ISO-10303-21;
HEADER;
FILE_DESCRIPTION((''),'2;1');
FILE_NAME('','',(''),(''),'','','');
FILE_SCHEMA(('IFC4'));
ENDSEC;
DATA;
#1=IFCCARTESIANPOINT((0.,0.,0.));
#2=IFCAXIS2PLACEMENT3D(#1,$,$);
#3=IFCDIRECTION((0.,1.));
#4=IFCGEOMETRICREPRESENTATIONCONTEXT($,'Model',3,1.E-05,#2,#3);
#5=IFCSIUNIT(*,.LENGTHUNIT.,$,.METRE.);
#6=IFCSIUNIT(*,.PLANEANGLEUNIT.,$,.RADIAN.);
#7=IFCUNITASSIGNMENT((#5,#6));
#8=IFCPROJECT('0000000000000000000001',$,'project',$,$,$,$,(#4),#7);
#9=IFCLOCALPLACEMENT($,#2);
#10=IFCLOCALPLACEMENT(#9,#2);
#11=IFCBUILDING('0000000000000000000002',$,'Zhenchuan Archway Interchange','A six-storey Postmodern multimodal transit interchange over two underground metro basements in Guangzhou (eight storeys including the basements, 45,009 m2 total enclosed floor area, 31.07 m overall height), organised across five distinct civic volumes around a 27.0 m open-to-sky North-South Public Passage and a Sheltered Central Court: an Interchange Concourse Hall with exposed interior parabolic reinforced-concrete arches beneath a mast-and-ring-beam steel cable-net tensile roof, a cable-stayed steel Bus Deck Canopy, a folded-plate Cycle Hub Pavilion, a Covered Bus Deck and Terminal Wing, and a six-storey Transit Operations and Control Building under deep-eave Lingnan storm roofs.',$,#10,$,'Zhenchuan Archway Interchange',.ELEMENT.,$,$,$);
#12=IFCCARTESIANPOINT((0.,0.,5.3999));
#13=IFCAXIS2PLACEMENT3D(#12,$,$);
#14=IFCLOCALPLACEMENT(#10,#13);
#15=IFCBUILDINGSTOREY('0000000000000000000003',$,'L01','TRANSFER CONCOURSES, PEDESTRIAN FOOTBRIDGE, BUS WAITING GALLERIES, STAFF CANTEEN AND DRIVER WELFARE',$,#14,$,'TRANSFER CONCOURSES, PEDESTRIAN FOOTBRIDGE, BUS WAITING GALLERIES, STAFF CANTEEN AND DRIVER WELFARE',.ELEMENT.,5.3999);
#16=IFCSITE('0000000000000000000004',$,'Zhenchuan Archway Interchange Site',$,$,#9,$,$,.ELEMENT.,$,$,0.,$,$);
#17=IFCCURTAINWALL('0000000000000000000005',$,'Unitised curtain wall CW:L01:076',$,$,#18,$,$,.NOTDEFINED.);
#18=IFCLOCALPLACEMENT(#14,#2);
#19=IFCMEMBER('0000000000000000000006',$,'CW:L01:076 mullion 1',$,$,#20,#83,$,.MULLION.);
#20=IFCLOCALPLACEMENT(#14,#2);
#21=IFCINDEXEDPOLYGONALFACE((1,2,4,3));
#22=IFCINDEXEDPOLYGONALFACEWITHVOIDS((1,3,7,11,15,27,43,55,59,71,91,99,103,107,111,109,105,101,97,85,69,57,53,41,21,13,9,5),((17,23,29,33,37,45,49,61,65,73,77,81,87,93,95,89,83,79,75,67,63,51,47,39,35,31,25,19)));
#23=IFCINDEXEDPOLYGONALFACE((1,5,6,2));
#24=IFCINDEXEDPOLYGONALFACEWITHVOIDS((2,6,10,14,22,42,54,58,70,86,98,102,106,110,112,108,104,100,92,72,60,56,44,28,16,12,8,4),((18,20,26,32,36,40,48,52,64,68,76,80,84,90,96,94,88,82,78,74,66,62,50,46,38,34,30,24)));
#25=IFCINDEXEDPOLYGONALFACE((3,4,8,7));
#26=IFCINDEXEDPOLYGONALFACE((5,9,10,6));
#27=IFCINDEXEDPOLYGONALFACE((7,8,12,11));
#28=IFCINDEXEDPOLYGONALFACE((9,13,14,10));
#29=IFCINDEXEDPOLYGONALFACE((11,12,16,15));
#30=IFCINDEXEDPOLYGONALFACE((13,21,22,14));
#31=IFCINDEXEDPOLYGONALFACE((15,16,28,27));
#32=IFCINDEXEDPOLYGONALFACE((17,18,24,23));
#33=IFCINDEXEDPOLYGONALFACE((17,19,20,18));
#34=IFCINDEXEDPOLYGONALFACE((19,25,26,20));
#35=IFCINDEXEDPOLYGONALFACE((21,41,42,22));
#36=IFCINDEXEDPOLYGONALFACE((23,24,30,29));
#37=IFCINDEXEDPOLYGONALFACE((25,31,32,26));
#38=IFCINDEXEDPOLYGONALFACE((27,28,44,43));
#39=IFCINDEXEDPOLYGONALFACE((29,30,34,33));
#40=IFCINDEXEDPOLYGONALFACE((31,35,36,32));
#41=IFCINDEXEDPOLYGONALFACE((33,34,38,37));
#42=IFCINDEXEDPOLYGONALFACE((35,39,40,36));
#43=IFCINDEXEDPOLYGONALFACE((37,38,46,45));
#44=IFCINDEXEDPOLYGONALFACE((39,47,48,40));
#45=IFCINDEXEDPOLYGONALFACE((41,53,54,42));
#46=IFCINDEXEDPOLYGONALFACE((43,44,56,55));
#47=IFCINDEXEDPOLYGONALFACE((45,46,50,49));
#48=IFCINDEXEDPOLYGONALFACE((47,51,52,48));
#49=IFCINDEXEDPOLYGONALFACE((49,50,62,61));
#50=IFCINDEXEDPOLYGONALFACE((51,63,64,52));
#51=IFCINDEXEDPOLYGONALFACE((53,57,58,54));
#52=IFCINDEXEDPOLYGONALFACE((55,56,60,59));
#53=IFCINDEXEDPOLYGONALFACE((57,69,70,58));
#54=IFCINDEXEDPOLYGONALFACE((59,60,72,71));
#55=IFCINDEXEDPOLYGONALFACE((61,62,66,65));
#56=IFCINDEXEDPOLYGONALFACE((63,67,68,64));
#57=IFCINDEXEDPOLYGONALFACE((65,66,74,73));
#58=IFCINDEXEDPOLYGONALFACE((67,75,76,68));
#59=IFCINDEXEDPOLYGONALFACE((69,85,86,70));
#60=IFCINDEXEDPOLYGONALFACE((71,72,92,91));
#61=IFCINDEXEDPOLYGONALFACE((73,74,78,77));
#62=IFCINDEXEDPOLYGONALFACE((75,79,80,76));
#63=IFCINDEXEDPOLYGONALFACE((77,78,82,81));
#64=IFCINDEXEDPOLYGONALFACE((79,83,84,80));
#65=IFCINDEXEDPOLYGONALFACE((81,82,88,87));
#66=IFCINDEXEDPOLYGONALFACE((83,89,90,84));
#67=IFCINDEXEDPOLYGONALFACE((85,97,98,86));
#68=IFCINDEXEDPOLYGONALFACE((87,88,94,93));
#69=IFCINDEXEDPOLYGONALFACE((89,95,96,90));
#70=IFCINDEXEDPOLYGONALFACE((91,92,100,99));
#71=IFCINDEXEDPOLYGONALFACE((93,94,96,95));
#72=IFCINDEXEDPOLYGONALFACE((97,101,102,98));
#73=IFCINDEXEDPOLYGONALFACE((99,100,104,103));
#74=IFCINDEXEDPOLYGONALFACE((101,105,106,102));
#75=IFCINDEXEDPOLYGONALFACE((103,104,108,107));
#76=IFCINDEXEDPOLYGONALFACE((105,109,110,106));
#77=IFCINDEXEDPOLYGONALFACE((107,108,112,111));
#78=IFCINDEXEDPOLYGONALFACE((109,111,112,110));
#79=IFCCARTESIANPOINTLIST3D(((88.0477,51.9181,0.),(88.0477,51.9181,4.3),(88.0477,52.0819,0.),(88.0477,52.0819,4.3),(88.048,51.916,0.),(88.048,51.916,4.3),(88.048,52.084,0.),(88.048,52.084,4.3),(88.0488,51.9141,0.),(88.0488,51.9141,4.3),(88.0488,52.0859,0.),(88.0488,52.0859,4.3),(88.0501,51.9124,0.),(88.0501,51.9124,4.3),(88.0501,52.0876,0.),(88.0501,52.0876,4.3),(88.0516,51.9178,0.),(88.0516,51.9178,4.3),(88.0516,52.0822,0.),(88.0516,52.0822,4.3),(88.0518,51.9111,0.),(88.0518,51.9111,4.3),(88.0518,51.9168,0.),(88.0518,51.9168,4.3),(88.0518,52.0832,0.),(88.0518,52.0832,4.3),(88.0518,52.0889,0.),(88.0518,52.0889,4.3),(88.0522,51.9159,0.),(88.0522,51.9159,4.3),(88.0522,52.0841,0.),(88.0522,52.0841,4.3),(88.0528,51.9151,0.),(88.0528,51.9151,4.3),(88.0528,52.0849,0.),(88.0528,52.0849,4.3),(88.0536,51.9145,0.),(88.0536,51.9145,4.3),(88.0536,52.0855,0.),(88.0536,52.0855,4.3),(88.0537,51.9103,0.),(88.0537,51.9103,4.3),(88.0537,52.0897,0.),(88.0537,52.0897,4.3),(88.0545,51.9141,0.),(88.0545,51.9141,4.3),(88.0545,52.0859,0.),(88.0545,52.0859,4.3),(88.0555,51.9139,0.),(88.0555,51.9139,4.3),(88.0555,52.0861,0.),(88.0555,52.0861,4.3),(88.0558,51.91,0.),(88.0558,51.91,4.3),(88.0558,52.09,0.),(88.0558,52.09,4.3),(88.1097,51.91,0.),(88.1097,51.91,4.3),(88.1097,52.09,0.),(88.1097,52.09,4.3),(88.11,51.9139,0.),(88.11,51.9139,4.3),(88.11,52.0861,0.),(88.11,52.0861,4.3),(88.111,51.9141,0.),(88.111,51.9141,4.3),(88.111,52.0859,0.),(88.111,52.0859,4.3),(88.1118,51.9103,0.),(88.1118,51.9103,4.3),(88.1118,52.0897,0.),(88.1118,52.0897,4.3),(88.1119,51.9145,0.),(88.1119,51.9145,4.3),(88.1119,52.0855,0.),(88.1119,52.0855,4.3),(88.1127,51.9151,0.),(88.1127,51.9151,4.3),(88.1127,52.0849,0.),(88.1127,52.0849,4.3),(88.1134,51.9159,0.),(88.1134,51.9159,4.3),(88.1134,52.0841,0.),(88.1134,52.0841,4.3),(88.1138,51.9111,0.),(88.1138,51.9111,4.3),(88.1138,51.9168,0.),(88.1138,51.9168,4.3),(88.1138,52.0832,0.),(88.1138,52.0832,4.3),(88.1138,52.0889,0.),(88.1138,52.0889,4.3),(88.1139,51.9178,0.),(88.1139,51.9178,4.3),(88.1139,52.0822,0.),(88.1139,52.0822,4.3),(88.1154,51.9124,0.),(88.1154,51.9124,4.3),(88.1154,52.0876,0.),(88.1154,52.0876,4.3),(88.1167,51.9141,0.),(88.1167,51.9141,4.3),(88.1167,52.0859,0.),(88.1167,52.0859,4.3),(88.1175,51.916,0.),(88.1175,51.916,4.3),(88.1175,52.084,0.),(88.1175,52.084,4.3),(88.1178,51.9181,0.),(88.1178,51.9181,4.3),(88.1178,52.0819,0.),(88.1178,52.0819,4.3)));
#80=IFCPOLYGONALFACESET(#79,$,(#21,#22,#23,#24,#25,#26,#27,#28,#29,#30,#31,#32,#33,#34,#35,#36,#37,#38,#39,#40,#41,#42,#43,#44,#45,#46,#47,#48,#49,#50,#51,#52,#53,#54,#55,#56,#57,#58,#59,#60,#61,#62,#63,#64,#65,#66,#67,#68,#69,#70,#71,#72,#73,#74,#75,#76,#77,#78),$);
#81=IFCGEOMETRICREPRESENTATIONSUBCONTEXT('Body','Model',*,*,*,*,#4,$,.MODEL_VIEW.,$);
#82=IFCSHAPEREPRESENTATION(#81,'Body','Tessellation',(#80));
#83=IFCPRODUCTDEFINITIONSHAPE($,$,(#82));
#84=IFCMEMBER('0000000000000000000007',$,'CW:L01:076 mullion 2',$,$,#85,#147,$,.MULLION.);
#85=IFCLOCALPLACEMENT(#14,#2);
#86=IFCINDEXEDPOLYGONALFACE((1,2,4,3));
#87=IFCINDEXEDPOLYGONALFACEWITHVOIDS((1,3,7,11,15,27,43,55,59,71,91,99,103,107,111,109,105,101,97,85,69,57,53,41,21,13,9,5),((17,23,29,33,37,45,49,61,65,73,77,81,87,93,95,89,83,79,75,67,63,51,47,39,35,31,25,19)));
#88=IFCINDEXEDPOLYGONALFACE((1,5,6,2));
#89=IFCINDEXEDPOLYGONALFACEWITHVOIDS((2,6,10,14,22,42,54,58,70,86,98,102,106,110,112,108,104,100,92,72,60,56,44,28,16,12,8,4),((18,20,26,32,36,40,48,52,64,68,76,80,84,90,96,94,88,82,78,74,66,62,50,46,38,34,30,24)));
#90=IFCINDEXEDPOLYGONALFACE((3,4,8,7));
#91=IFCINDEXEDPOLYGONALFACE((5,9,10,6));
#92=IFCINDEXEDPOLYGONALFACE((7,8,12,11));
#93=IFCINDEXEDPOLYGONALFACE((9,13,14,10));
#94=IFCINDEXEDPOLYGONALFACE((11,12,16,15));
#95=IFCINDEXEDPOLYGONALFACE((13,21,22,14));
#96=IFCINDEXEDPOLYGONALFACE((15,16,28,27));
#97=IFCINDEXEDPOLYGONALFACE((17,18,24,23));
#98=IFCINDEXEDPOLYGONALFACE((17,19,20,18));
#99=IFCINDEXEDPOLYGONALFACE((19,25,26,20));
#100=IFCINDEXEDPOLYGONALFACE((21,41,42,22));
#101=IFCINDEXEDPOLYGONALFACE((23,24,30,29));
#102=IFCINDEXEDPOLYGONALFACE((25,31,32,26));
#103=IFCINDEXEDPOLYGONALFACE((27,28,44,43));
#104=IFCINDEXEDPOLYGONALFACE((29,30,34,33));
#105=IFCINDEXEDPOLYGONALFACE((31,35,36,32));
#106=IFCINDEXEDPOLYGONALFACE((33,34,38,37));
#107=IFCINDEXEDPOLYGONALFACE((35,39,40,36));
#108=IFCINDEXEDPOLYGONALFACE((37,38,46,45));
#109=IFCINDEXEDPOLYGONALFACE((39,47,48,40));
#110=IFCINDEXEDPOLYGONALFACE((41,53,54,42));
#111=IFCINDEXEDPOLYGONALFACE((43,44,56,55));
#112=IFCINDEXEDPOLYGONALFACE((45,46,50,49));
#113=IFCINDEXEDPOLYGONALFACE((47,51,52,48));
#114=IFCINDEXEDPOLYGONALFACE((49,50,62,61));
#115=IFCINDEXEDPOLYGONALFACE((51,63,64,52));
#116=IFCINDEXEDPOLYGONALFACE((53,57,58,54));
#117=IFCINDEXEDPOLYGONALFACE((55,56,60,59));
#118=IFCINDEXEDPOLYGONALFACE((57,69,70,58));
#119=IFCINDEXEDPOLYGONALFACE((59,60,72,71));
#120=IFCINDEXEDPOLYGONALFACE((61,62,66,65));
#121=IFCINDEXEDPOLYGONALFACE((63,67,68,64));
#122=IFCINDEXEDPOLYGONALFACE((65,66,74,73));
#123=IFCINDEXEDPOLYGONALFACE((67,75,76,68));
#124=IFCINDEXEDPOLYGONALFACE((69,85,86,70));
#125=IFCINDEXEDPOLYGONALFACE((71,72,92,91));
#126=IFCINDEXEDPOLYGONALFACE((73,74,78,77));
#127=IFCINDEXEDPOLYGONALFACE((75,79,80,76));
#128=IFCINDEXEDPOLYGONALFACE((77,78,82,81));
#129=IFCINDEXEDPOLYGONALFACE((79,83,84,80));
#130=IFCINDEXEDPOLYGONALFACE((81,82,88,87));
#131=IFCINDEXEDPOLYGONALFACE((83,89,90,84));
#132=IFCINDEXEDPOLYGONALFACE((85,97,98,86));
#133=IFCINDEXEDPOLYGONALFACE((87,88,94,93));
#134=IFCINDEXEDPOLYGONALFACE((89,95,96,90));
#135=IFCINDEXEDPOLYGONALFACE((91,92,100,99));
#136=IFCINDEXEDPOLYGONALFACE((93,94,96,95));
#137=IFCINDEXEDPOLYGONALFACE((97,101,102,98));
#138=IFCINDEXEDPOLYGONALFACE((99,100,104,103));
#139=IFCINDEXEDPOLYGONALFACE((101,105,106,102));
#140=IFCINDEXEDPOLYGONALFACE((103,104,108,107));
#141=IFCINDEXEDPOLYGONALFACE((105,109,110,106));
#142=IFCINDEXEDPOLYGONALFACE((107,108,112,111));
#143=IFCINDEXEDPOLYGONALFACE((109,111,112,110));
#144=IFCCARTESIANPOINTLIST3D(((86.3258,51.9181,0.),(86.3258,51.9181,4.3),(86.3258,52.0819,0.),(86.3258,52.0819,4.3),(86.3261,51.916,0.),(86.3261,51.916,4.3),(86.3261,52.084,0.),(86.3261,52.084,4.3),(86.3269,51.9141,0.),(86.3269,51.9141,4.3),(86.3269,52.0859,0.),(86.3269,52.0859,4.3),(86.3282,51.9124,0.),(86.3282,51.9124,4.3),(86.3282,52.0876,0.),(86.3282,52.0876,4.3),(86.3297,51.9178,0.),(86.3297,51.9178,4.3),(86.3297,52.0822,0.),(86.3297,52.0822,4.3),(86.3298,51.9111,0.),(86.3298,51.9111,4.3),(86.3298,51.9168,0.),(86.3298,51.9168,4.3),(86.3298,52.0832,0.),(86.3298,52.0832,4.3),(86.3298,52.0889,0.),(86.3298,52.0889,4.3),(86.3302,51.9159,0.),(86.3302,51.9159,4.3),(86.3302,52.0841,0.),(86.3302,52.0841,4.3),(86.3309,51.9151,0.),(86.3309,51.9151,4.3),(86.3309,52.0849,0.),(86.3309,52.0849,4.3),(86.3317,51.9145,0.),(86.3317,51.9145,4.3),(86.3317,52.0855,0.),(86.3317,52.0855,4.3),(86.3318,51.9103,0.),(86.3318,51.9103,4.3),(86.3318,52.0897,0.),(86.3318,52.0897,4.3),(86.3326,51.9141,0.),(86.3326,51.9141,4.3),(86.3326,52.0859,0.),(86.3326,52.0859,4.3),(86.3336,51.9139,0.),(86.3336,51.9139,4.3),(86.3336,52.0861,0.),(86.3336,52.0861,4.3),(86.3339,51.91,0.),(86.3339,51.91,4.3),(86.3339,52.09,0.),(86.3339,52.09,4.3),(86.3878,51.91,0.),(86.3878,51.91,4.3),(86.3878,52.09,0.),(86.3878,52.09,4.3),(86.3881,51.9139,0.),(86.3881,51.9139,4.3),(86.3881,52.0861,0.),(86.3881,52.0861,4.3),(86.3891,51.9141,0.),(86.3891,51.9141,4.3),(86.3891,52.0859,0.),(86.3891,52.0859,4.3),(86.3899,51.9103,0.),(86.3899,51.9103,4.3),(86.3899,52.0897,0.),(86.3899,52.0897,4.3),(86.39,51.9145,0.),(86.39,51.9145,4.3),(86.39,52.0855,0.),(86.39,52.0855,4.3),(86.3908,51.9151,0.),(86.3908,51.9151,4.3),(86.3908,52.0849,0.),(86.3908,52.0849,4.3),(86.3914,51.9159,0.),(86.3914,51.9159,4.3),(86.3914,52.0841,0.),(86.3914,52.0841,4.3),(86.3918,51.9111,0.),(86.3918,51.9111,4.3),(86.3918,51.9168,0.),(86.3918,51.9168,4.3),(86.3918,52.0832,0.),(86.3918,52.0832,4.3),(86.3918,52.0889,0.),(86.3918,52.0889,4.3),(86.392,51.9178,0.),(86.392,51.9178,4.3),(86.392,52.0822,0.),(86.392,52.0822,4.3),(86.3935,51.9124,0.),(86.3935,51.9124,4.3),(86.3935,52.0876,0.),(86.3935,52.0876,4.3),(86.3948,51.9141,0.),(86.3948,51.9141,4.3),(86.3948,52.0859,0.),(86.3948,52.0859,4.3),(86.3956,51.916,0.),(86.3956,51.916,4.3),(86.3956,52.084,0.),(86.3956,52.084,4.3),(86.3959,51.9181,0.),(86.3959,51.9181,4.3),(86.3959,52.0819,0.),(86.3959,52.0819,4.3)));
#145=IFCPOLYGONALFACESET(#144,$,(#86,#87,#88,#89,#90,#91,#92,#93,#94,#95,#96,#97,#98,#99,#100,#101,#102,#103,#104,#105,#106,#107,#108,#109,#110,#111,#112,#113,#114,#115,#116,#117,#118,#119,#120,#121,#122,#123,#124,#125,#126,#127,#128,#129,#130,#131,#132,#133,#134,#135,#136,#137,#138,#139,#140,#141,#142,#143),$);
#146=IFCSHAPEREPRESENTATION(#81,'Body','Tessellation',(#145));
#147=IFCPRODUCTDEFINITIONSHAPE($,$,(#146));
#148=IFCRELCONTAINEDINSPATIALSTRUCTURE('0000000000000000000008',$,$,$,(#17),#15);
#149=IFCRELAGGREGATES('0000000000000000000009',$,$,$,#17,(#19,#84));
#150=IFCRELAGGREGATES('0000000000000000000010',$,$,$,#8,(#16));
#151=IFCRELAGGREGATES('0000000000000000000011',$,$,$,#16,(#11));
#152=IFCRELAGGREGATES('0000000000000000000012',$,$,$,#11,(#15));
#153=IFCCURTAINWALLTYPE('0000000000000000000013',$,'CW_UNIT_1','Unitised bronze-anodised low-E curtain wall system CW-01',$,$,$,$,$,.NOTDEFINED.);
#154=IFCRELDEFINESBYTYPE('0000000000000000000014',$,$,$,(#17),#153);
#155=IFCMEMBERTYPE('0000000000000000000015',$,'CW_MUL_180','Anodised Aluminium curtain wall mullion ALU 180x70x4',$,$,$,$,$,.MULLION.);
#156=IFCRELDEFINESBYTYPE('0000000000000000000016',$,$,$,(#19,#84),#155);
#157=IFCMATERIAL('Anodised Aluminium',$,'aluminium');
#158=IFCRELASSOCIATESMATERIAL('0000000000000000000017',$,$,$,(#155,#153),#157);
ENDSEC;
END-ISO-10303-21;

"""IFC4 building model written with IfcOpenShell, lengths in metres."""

from ifc_helpers import new_model, si_unit, direction, frame, origin, origin_2d, place, context, subcontext, project, spatial, hollow_rectangle, extrude, material, material_profile, profile_set, type_object, element, aggregate, save


model = new_model("IFC4")

# Units and contexts
model_context = context("Model", 3, precision=1e-05, world=origin(), true_north=direction((0.0, 1.0)))
body_context = subcontext(model_context, "Body", "Model", "MODEL_VIEW")
ifc_project = project(units=[si_unit("LENGTHUNIT", "METRE"), si_unit("PLANEANGLEUNIT", "RADIAN")], contexts=[model_context])

# Site, building, storey
site_placement = place(None, origin())
site = spatial("IfcSite", under=ifc_project, at=site_placement, Name="Zhenchuan Archway Interchange Site", CompositionType="ELEMENT", RefElevation=0.0)
building_placement = place(site_placement, origin())
building = spatial("IfcBuilding", under=site, at=building_placement, Name="Zhenchuan Archway Interchange", Description="A six-storey Postmodern multimodal transit interchange over two underground metro basements in Guangzhou (eight storeys including the basements, 45,009 m2 total enclosed floor area, 31.07 m overall height), organised across five distinct civic volumes around a 27.0 m open-to-sky North-South Public Passage and a Sheltered Central Court: an Interchange Concourse Hall with exposed interior parabolic reinforced-concrete arches beneath a mast-and-ring-beam steel cable-net tensile roof, a cable-stayed steel Bus Deck Canopy, a folded-plate Cycle Hub Pavilion, a Covered Bus Deck and Terminal Wing, and a six-storey Transit Operations and Control Building under deep-eave Lingnan storm roofs.", LongName="Zhenchuan Archway Interchange", CompositionType="ELEMENT")
storey_placement = place(building_placement, frame((0.0, 0.0, 5.3999)))
storey = spatial("IfcBuildingStorey", under=building, at=storey_placement, Name="L01", Description="TRANSFER CONCOURSES, PEDESTRIAN FOOTBRIDGE, BUS WAITING GALLERIES, STAFF CANTEEN AND DRIVER WELFARE", LongName="TRANSFER CONCOURSES, PEDESTRIAN FOOTBRIDGE, BUS WAITING GALLERIES, STAFF CANTEEN AND DRIVER WELFARE", CompositionType="ELEMENT", Elevation=5.3999)

# Shared definitions
ifc_material_1 = material(Name="Anodised Aluminium", Category="aluminium")
ifc_material_profile_1 = material_profile(ifc_material_1, hollow_rectangle(XDim=0.0701, YDim=0.1799, WallThickness=0.0039, InnerFilletRadius=0.0039, OuterFilletRadius=0.0081, at=origin_2d()), Name="ALU 180x70x4")
ifc_profile_set_1 = profile_set([ifc_material_profile_1], Name="Anodised Aluminium")
member_type_1 = type_object("IfcMemberType", Name="CW_MUL_180", Description="Anodised Aluminium curtain wall mullion ALU 180x70x4", PredefinedType="MULLION", material=ifc_profile_set_1)

# Curtain wall, members
curtain_wall_type_1 = type_object("IfcCurtainWallType", Name="CW_UNIT_1", Description="Unitised bronze-anodised low-E curtain wall system CW-01", PredefinedType="NOTDEFINED", material=ifc_material_1)
curtain_wall_1_placement = place(storey_placement, origin())
curtain_wall_1 = element("IfcCurtainWall", 1, at=curtain_wall_1_placement, inside=storey, type_object=curtain_wall_type_1, Name="Unitised curtain wall CW:L01:076", PredefinedType="NOTDEFINED")
member_1_placement = place(storey_placement, frame((88.0828, 52.0, 0.0), z_axis=(0.0, 0.0, 1.0), x_axis=(1.0, 0.0, 0.0)))
member_1 = element("IfcMember", 2, at=member_1_placement, type_object=member_type_1, Name="CW:L01:076 mullion 1", PredefinedType="MULLION", context=body_context, shape_type="SweptSolid", body=[
    extrude(hollow_rectangle(XDim=0.0701, YDim=0.1799, WallThickness=0.0039, InnerFilletRadius=0.0039, OuterFilletRadius=0.0081, at=origin_2d()), origin(), (0.0, 0.0, 1.0), 4.3),
])
member_2_placement = place(storey_placement, frame((86.3608, 52.0, 0.0), z_axis=(0.0, 0.0, 1.0), x_axis=(1.0, 0.0, 0.0)))
member_2 = element("IfcMember", 3, at=member_2_placement, type_object=member_type_1, Name="CW:L01:076 mullion 2", PredefinedType="MULLION", context=body_context, shape_type="SweptSolid", body=[
    extrude(hollow_rectangle(XDim=0.0701, YDim=0.1799, WallThickness=0.0039, InnerFilletRadius=0.0039, OuterFilletRadius=0.0081, at=origin_2d()), origin(), (0.0, 0.0, 1.0), 4.3),
])

aggregate(curtain_wall_1, [member_1, member_2])

save(model, "model.ifc")
